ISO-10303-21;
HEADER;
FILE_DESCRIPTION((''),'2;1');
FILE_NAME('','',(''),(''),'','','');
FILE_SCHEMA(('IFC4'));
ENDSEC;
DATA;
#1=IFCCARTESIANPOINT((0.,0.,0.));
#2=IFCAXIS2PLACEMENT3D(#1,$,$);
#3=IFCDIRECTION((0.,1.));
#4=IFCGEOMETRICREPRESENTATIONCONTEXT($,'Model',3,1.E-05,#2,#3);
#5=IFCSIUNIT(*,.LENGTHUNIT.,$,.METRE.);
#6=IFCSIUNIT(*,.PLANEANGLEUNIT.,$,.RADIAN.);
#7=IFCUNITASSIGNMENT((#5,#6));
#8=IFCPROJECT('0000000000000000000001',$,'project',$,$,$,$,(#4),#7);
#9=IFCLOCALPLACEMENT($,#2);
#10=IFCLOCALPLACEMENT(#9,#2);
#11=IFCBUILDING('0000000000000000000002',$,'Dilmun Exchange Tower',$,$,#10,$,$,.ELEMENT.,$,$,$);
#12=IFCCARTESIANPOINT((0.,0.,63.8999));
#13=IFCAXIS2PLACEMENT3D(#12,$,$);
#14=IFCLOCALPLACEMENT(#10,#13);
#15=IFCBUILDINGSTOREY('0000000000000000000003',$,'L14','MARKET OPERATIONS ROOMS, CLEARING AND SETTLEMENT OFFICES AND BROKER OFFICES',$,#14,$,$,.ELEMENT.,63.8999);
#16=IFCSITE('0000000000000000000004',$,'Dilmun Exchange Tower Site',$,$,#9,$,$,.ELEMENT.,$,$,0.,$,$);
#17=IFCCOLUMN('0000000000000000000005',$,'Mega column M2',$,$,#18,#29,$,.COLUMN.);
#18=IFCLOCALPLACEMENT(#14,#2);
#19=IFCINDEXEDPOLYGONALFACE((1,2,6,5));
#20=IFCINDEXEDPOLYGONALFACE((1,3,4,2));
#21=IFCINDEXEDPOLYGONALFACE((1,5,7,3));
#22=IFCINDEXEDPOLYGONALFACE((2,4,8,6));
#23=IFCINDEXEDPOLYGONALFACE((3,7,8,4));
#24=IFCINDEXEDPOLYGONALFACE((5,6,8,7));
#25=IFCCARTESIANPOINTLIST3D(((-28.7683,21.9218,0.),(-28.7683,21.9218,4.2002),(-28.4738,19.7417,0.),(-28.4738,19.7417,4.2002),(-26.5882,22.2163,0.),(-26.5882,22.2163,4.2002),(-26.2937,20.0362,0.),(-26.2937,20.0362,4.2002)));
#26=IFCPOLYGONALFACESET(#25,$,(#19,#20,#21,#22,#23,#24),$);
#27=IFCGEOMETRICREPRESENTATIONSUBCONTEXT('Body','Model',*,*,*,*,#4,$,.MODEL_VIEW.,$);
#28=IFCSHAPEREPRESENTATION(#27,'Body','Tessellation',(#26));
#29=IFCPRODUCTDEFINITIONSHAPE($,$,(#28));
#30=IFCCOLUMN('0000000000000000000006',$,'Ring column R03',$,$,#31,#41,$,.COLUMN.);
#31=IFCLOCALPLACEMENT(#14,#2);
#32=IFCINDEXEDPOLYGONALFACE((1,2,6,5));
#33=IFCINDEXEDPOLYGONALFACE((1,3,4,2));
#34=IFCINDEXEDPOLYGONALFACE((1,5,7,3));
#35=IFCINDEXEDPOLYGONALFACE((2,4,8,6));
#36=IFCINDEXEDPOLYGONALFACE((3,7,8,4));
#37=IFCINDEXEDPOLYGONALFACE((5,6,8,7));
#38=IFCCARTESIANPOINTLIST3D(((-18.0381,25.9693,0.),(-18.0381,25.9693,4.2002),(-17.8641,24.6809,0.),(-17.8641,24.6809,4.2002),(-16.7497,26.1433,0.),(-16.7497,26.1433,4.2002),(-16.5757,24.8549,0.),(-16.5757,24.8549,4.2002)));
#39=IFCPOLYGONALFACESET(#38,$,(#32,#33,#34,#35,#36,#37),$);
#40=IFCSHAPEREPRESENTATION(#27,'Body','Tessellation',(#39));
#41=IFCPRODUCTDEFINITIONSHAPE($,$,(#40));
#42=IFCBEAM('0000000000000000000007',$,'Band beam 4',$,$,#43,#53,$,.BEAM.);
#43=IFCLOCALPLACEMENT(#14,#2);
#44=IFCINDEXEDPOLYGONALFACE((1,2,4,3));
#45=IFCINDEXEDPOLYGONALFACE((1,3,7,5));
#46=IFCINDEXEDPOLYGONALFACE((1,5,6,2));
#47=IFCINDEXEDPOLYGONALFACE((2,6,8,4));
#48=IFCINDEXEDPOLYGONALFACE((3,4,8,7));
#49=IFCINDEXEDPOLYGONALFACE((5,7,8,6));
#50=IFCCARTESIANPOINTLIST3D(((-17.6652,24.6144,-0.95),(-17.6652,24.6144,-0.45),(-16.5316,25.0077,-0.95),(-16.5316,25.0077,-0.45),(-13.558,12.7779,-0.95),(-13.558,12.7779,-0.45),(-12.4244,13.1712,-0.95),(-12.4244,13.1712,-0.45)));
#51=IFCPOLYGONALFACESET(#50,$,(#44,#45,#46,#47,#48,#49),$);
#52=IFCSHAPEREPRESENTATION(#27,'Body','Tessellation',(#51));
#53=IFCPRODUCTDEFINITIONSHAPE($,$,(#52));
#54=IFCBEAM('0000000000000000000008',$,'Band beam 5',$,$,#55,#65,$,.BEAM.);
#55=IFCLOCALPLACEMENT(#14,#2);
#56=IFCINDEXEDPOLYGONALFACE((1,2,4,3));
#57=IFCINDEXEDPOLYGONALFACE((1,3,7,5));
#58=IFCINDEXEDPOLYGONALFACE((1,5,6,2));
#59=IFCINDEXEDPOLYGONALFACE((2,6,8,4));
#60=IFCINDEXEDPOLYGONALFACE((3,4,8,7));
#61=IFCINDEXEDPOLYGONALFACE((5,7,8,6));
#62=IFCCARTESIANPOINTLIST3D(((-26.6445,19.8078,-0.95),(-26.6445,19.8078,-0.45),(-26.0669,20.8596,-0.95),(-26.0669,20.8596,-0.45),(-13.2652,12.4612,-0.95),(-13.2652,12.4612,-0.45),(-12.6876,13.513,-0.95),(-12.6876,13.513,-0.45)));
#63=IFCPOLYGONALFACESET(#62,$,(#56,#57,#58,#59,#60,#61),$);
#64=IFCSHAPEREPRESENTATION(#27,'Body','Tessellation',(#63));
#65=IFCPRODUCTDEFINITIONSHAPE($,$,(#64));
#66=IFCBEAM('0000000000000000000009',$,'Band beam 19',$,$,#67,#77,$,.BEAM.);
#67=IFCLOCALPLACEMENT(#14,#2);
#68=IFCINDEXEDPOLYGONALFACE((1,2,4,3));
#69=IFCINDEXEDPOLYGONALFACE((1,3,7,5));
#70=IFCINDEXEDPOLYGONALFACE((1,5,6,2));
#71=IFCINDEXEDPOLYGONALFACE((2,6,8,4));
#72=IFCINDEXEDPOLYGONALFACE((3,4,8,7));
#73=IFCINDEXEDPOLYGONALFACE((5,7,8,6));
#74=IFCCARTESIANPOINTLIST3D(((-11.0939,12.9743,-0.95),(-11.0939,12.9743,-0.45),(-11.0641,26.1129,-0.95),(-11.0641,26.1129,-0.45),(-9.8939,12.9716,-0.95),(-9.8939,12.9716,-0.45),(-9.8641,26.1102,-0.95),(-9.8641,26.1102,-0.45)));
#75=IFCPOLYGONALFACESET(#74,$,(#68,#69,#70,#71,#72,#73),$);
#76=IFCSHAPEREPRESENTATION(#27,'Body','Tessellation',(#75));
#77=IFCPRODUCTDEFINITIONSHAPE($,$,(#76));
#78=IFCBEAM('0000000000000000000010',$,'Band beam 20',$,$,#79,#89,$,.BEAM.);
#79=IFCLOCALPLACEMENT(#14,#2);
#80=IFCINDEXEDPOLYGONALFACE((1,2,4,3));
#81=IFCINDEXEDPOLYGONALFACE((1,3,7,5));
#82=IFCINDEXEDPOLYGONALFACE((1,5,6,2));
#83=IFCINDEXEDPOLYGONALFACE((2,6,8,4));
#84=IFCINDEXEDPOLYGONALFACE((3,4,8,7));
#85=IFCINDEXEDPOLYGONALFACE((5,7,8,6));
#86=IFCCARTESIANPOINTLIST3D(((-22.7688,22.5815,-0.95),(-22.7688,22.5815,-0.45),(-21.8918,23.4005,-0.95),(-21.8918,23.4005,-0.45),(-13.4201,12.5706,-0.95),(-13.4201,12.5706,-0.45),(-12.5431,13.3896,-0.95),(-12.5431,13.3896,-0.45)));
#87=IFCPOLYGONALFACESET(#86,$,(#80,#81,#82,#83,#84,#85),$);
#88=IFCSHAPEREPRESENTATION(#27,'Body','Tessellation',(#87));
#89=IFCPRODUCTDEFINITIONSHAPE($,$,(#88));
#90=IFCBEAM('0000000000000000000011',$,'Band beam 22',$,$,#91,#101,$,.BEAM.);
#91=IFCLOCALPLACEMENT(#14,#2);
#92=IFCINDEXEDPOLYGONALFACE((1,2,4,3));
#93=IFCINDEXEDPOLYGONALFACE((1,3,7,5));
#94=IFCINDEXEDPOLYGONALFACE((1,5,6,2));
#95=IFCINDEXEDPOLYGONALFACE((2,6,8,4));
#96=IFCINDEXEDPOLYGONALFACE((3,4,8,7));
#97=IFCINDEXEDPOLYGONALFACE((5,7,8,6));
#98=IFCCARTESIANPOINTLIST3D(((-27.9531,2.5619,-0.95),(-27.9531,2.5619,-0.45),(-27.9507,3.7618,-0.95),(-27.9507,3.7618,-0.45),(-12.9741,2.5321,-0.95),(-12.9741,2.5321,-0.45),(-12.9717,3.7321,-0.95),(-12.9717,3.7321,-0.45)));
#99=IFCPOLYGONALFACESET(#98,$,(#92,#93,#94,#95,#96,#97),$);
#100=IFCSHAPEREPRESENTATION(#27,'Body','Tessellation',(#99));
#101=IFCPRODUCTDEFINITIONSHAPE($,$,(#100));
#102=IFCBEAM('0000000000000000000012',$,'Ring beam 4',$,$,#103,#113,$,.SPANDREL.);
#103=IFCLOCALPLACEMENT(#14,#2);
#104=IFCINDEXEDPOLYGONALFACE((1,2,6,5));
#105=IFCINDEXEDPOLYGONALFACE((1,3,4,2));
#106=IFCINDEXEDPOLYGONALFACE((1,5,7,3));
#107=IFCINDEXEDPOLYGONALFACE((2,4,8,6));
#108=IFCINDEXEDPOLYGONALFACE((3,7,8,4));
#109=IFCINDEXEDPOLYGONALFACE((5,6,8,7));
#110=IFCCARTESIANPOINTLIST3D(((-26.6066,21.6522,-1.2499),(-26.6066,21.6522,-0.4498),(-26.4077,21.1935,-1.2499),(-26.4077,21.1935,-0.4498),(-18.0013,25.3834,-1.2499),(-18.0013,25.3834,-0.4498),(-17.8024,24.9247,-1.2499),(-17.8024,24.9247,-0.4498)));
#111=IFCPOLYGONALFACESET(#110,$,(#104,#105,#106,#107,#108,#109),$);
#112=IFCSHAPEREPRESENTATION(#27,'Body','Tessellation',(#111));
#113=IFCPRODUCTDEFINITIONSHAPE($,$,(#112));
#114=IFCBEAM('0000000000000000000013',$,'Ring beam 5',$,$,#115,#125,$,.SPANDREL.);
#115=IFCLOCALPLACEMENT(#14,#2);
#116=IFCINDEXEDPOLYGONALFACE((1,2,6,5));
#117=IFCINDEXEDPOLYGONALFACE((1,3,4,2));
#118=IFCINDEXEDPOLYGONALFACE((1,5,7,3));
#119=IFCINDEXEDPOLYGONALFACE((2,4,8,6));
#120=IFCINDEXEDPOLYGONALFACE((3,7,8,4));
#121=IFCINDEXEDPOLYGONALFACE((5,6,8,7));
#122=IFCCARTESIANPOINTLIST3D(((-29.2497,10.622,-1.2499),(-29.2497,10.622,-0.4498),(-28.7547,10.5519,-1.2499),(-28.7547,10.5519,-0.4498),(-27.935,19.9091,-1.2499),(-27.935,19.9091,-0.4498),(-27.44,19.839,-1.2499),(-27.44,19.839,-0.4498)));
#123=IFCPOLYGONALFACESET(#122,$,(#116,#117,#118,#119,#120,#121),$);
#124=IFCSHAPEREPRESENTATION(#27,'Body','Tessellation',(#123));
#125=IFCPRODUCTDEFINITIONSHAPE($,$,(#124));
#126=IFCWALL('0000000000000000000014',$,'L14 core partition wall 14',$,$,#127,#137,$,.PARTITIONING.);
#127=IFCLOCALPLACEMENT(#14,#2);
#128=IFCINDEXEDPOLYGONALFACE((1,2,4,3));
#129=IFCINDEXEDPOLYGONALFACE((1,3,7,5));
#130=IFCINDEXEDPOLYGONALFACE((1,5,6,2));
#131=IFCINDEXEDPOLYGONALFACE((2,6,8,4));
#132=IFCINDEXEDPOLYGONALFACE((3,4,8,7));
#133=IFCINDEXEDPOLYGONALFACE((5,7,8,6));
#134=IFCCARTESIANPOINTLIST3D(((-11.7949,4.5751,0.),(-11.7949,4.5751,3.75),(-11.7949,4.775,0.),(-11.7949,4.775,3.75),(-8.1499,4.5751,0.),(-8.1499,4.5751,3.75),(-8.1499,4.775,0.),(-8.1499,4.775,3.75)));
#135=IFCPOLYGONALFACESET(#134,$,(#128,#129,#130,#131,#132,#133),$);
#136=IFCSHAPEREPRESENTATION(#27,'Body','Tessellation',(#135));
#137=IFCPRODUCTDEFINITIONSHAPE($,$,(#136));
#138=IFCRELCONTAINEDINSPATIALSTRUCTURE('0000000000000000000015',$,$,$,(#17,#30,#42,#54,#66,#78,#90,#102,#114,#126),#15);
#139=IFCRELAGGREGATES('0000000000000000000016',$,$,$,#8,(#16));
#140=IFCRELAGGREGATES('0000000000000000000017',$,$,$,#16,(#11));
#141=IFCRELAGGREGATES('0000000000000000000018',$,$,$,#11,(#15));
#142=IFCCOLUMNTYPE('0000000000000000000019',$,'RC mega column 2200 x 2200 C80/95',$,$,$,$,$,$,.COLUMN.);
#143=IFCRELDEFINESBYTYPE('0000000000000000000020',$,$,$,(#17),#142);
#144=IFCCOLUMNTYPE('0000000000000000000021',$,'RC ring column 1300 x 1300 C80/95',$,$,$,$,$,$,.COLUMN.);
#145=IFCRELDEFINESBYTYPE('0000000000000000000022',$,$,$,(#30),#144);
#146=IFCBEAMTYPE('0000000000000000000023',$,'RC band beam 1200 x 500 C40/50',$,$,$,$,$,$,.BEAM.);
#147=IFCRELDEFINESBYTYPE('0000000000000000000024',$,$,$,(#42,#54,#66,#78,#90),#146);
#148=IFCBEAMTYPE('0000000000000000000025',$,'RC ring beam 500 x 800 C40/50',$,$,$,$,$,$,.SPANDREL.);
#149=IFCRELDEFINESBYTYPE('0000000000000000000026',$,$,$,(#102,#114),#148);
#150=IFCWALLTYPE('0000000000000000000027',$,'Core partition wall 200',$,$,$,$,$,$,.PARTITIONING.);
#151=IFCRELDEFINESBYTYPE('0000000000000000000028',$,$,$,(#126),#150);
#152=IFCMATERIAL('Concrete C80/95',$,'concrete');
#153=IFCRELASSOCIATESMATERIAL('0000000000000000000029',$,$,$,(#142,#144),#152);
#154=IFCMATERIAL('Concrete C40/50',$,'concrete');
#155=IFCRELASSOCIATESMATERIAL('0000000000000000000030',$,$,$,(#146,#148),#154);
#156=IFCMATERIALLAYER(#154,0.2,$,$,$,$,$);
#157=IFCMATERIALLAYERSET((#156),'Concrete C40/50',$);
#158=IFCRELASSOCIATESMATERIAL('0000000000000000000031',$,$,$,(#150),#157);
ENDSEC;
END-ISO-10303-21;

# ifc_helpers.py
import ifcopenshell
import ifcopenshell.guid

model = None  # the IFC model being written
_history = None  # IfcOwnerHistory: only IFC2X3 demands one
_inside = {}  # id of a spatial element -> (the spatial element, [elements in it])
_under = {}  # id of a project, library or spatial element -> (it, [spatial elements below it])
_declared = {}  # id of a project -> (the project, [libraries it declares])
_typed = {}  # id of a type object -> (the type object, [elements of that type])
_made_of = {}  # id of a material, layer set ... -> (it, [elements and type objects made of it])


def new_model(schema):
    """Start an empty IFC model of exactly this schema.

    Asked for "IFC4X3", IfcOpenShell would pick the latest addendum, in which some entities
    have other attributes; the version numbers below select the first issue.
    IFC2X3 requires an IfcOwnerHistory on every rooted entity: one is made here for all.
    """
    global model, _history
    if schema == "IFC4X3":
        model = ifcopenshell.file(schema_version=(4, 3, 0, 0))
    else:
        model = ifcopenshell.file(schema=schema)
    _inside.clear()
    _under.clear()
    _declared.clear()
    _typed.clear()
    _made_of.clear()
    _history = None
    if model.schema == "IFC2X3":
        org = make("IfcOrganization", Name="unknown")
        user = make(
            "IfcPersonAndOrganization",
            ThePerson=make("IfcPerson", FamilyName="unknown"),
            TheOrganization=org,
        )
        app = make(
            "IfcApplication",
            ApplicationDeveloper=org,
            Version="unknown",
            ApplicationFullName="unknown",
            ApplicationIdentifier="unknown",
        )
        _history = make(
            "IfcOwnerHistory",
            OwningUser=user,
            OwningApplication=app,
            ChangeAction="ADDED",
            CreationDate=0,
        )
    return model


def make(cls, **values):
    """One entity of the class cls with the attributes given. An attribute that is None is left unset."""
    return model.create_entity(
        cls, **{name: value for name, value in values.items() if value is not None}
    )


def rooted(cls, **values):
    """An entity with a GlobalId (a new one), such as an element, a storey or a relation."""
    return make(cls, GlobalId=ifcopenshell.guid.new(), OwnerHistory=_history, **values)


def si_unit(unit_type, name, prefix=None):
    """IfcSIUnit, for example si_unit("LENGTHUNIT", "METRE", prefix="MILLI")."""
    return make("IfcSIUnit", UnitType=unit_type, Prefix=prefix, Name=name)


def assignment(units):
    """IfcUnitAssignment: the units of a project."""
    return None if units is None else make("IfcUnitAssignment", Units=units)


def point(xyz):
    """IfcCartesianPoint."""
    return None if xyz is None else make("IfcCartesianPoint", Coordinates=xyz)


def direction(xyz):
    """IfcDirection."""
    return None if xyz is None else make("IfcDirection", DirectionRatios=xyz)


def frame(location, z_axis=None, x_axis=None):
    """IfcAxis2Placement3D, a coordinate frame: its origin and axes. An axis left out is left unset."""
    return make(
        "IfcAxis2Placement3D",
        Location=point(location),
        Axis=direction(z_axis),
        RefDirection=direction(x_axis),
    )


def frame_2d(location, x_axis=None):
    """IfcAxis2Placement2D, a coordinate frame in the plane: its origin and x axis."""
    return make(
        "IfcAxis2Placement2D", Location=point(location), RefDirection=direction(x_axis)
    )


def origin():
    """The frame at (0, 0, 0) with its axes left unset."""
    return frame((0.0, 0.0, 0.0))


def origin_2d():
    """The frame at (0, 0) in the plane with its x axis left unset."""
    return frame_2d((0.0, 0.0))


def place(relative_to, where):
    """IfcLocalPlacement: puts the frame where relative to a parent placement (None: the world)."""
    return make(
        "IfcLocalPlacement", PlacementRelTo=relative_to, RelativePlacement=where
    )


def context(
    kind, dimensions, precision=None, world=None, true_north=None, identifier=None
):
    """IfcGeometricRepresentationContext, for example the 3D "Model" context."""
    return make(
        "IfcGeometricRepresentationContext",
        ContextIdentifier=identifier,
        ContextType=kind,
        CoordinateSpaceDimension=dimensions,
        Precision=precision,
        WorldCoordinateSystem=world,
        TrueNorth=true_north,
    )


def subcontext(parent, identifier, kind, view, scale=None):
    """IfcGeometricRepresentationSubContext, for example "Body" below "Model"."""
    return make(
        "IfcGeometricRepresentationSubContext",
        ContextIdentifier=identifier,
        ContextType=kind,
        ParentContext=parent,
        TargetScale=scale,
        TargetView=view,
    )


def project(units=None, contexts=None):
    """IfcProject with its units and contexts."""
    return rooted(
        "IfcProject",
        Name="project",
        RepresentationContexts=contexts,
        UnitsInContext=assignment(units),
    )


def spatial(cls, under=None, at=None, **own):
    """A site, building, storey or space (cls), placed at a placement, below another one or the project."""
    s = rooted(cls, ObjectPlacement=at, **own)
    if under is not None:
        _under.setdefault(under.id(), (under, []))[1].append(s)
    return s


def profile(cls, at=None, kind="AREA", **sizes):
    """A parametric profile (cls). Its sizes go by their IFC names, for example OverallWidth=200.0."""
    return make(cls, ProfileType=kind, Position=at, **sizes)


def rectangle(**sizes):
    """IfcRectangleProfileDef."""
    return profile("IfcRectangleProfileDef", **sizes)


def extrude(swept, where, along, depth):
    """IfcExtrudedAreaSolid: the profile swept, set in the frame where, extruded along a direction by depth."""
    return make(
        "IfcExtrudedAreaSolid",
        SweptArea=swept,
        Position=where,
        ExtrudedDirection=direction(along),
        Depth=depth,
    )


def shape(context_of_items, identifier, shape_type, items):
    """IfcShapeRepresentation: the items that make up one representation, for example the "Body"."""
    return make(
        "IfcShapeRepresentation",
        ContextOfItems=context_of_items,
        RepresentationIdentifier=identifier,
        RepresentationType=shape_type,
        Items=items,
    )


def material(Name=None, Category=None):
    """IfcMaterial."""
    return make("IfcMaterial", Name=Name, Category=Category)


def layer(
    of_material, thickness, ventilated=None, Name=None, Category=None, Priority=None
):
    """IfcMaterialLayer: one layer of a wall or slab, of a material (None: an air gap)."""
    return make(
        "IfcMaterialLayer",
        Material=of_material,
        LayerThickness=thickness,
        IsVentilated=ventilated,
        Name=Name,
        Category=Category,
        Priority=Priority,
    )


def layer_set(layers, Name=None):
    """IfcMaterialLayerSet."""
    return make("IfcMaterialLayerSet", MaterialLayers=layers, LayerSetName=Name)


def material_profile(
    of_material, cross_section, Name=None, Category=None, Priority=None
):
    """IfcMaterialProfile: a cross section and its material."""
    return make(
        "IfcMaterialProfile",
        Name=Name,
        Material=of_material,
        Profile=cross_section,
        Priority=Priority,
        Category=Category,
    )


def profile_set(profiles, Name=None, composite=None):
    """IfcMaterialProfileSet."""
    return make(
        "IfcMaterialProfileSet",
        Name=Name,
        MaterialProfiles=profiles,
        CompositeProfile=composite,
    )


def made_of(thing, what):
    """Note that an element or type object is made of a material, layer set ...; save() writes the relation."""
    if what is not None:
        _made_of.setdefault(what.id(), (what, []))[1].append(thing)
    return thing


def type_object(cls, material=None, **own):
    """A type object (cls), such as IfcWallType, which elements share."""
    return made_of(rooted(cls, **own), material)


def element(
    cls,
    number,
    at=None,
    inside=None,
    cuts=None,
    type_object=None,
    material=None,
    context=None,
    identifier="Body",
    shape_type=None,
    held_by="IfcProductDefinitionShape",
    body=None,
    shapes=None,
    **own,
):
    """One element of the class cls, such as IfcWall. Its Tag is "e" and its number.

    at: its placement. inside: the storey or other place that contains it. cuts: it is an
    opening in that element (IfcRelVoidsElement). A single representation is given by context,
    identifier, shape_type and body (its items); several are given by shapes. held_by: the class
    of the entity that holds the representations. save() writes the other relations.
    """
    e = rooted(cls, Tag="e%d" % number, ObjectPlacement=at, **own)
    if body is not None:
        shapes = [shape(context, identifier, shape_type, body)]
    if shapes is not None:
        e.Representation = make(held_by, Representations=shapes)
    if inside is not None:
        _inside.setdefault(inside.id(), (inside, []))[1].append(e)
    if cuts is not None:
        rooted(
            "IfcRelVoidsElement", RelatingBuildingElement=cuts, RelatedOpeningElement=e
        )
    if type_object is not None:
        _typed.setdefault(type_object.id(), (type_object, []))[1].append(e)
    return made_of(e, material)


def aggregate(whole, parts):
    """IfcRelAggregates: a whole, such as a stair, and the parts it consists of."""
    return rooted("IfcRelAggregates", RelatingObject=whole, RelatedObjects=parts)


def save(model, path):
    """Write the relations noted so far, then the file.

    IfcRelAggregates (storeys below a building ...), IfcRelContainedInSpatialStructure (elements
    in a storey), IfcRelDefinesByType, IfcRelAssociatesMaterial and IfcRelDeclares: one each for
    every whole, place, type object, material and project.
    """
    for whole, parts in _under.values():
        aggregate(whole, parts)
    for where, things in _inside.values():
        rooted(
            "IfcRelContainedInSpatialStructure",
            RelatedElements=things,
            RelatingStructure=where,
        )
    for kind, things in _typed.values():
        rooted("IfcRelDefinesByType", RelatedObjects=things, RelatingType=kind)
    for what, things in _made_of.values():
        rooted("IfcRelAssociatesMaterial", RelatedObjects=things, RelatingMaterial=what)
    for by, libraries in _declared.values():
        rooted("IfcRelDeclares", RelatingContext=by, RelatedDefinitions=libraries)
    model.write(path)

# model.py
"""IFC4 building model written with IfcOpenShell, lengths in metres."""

from ifc_helpers import new_model, si_unit, direction, frame, frame_2d, origin, origin_2d, place, context, subcontext, project, spatial, rectangle, extrude, material, layer, layer_set, material_profile, profile_set, type_object, element, save


model = new_model("IFC4")

# Units and contexts
model_context = context("Model", 3, precision=1e-05, world=origin(), true_north=direction((0.0, 1.0)))
body_context = subcontext(model_context, "Body", "Model", "MODEL_VIEW")
ifc_project = project(units=[si_unit("LENGTHUNIT", "METRE"), si_unit("PLANEANGLEUNIT", "RADIAN")], contexts=[model_context])

# Site, building, storey
site_placement = place(None, origin())
site = spatial("IfcSite", under=ifc_project, at=site_placement, Name="Dilmun Exchange Tower Site", CompositionType="ELEMENT", RefElevation=0.0)
building_placement = place(site_placement, origin())
building = spatial("IfcBuilding", under=site, at=building_placement, Name="Dilmun Exchange Tower", CompositionType="ELEMENT")
storey_placement = place(building_placement, frame((0.0, 0.0, 63.8999)))
storey = spatial("IfcBuildingStorey", under=building, at=storey_placement, Name="L14", Description="MARKET OPERATIONS ROOMS, CLEARING AND SETTLEMENT OFFICES AND BROKER OFFICES", CompositionType="ELEMENT", Elevation=63.8999)

# Columns
ifc_material_1 = material(Name="Concrete C80/95", Category="concrete")
ifc_material_profile_1 = material_profile(ifc_material_1, rectangle(XDim=2.2, YDim=2.2, at=origin_2d()), Name="2200 x 2200")
ifc_profile_set_1 = profile_set([ifc_material_profile_1], Name="Concrete C80/95")
column_type_1 = type_object("IfcColumnType", Name="RC mega column 2200 x 2200 C80/95", PredefinedType="COLUMN", material=ifc_profile_set_1)
column_1_placement = place(storey_placement, frame((-27.531, 20.979, 0.0), z_axis=(0.0, 0.0, 1.0), x_axis=(0.991001, 0.133853, 0.0)))
element("IfcColumn", 1, at=column_1_placement, inside=storey, type_object=column_type_1, Name="Mega column M2", PredefinedType="COLUMN", context=body_context, shape_type="SweptSolid", body=[
    extrude(rectangle(XDim=2.2, YDim=2.2, at=origin_2d()), origin(), (0.0, 0.0, 1.0), 4.2002),
])
ifc_material_profile_2 = material_profile(ifc_material_1, rectangle(XDim=1.3, YDim=1.3, at=origin_2d()), Name="1300 x 1300")
ifc_profile_set_2 = profile_set([ifc_material_profile_2], Name="Concrete C80/95")
column_type_2 = type_object("IfcColumnType", Name="RC ring column 1300 x 1300 C80/95", PredefinedType="COLUMN", material=ifc_profile_set_2)
column_2_placement = place(storey_placement, frame((-17.3069, 25.4121, 0.0), z_axis=(0.0, 0.0, 1.0), x_axis=(0.991001, 0.133853, 0.0)))
element("IfcColumn", 2, at=column_2_placement, inside=storey, type_object=column_type_2, Name="Ring column R03", PredefinedType="COLUMN", context=body_context, shape_type="SweptSolid", body=[
    extrude(rectangle(XDim=1.3, YDim=1.3, at=origin_2d()), origin(), (0.0, 0.0, 1.0), 4.2002),
])

# Beams
ifc_material_2 = material(Name="Concrete C40/50", Category="concrete")
ifc_material_profile_3 = material_profile(ifc_material_2, rectangle(XDim=1.2, YDim=0.5, at=origin_2d()), Name="1200 x 500")
ifc_profile_set_3 = profile_set([ifc_material_profile_3], Name="Concrete C40/50")
beam_type_1 = type_object("IfcBeamType", Name="RC band beam 1200 x 500 C40/50", PredefinedType="BEAM", material=ifc_profile_set_3)
beam_1_placement = place(storey_placement, frame((-17.0984, 24.811, -0.7), z_axis=(0.32782, -0.94474, 0.0), x_axis=(0.94474, 0.32782, 0.0)))
element("IfcBeam", 3, at=beam_1_placement, inside=storey, type_object=beam_type_1, Name="Band beam 4", PredefinedType="BEAM", context=body_context, shape_type="SweptSolid", body=[
    extrude(rectangle(XDim=1.2, YDim=0.5, at=origin_2d()), origin(), (0.0, 0.0, 1.0), 12.5288),
])
beam_2_placement = place(storey_placement, frame((-26.3557, 20.3337, -0.7), z_axis=(0.876547, -0.481316, 0.0), x_axis=(0.481316, 0.876547, 0.0)))
element("IfcBeam", 4, at=beam_2_placement, inside=storey, type_object=beam_type_1, Name="Band beam 5", PredefinedType="BEAM", context=body_context, shape_type="SweptSolid", body=[
    extrude(rectangle(XDim=1.2, YDim=0.5, at=origin_2d()), origin(), (0.0, 0.0, 1.0), 15.2637),
])
beam_3_placement = place(storey_placement, frame((-10.4641, 26.1116, -0.7), z_axis=(-0.002267, -0.999997, 0.0), x_axis=(0.999997, -0.002267, 0.0)))
element("IfcBeam", 5, at=beam_3_placement, inside=storey, type_object=beam_type_1, Name="Band beam 19", PredefinedType="BEAM", context=body_context, shape_type="SweptSolid", body=[
    extrude(rectangle(XDim=1.2, YDim=0.5, at=origin_2d()), origin(), (0.0, 0.0, 1.0), 13.1387),
])
beam_4_placement = place(storey_placement, frame((-22.3303, 22.991, -0.7), z_axis=(0.682524, -0.730863, 0.0), x_axis=(0.730863, 0.682524, 0.0)))
element("IfcBeam", 6, at=beam_4_placement, inside=storey, type_object=beam_type_1, Name="Band beam 20", PredefinedType="BEAM", context=body_context, shape_type="SweptSolid", body=[
    extrude(rectangle(XDim=1.2, YDim=0.5, at=origin_2d()), origin(), (0.0, 0.0, 1.0), 13.6973),
])
beam_5_placement = place(storey_placement, frame((-27.9519, 3.1619, -0.7), z_axis=(0.999998, -0.001988, 0.0), x_axis=(0.001988, 0.999998, 0.0)))
element("IfcBeam", 7, at=beam_5_placement, inside=storey, type_object=beam_type_1, Name="Band beam 22", PredefinedType="BEAM", context=body_context, shape_type="SweptSolid", body=[
    extrude(rectangle(XDim=1.2, YDim=0.5, at=origin_2d()), origin(), (0.0, 0.0, 1.0), 14.979),
])
ifc_material_profile_4 = material_profile(ifc_material_2, rectangle(XDim=0.5, YDim=0.8, at=origin_2d()), Name="500 x 800")
ifc_profile_set_4 = profile_set([ifc_material_profile_4], Name="Concrete C40/50")
beam_type_2 = type_object("IfcBeamType", Name="RC ring beam 500 x 800 C40/50", PredefinedType="SPANDREL", material=ifc_profile_set_4)
beam_6_placement = place(storey_placement, frame((-17.9019, 25.1541, -0.8499), z_axis=(-0.917467, -0.397811, 0.0), x_axis=(0.397811, -0.917467, 0.0)))
element("IfcBeam", 8, at=beam_6_placement, inside=storey, type_object=beam_type_2, Name="Ring beam 4", PredefinedType="SPANDREL", context=body_context, shape_type="SweptSolid", body=[
    extrude(rectangle(XDim=0.5, YDim=0.8, at=origin_2d()), origin(), (0.0, 0.0, 1.0), 9.3794),
])
beam_7_placement = place(storey_placement, frame((-27.6875, 19.874, -0.8499), z_axis=(-0.140164, -0.990128, 0.0), x_axis=(0.990128, -0.140164, 0.0)))
element("IfcBeam", 9, at=beam_7_placement, inside=storey, type_object=beam_type_2, Name="Ring beam 5", PredefinedType="SPANDREL", context=body_context, shape_type="SweptSolid", body=[
    extrude(rectangle(XDim=0.5, YDim=0.8, at=origin_2d()), origin(), (0.0, 0.0, 1.0), 9.3796),
])

# Wall
ifc_layer_1 = layer(ifc_material_2, 0.2)
ifc_layer_set_1 = layer_set([ifc_layer_1], Name="Concrete C40/50")
wall_type_1 = type_object("IfcWallType", Name="Core partition wall 200", PredefinedType="PARTITIONING", material=ifc_layer_set_1)
wall_1_placement = place(storey_placement, frame((-11.7949, 4.675, 0.0), z_axis=(0.0, 0.0, 1.0), x_axis=(1.0, 0.0, 0.0)))
element("IfcWall", 10, at=wall_1_placement, inside=storey, type_object=wall_type_1, Name="L14 core partition wall 14", PredefinedType="PARTITIONING", context=body_context, shape_type="SweptSolid", body=[
    extrude(rectangle(XDim=3.645, YDim=0.2, at=frame_2d((1.8225, 0.0))), origin(), (0.0, 0.0, 1.0), 3.75),
])

save(model, "model.ifc")
